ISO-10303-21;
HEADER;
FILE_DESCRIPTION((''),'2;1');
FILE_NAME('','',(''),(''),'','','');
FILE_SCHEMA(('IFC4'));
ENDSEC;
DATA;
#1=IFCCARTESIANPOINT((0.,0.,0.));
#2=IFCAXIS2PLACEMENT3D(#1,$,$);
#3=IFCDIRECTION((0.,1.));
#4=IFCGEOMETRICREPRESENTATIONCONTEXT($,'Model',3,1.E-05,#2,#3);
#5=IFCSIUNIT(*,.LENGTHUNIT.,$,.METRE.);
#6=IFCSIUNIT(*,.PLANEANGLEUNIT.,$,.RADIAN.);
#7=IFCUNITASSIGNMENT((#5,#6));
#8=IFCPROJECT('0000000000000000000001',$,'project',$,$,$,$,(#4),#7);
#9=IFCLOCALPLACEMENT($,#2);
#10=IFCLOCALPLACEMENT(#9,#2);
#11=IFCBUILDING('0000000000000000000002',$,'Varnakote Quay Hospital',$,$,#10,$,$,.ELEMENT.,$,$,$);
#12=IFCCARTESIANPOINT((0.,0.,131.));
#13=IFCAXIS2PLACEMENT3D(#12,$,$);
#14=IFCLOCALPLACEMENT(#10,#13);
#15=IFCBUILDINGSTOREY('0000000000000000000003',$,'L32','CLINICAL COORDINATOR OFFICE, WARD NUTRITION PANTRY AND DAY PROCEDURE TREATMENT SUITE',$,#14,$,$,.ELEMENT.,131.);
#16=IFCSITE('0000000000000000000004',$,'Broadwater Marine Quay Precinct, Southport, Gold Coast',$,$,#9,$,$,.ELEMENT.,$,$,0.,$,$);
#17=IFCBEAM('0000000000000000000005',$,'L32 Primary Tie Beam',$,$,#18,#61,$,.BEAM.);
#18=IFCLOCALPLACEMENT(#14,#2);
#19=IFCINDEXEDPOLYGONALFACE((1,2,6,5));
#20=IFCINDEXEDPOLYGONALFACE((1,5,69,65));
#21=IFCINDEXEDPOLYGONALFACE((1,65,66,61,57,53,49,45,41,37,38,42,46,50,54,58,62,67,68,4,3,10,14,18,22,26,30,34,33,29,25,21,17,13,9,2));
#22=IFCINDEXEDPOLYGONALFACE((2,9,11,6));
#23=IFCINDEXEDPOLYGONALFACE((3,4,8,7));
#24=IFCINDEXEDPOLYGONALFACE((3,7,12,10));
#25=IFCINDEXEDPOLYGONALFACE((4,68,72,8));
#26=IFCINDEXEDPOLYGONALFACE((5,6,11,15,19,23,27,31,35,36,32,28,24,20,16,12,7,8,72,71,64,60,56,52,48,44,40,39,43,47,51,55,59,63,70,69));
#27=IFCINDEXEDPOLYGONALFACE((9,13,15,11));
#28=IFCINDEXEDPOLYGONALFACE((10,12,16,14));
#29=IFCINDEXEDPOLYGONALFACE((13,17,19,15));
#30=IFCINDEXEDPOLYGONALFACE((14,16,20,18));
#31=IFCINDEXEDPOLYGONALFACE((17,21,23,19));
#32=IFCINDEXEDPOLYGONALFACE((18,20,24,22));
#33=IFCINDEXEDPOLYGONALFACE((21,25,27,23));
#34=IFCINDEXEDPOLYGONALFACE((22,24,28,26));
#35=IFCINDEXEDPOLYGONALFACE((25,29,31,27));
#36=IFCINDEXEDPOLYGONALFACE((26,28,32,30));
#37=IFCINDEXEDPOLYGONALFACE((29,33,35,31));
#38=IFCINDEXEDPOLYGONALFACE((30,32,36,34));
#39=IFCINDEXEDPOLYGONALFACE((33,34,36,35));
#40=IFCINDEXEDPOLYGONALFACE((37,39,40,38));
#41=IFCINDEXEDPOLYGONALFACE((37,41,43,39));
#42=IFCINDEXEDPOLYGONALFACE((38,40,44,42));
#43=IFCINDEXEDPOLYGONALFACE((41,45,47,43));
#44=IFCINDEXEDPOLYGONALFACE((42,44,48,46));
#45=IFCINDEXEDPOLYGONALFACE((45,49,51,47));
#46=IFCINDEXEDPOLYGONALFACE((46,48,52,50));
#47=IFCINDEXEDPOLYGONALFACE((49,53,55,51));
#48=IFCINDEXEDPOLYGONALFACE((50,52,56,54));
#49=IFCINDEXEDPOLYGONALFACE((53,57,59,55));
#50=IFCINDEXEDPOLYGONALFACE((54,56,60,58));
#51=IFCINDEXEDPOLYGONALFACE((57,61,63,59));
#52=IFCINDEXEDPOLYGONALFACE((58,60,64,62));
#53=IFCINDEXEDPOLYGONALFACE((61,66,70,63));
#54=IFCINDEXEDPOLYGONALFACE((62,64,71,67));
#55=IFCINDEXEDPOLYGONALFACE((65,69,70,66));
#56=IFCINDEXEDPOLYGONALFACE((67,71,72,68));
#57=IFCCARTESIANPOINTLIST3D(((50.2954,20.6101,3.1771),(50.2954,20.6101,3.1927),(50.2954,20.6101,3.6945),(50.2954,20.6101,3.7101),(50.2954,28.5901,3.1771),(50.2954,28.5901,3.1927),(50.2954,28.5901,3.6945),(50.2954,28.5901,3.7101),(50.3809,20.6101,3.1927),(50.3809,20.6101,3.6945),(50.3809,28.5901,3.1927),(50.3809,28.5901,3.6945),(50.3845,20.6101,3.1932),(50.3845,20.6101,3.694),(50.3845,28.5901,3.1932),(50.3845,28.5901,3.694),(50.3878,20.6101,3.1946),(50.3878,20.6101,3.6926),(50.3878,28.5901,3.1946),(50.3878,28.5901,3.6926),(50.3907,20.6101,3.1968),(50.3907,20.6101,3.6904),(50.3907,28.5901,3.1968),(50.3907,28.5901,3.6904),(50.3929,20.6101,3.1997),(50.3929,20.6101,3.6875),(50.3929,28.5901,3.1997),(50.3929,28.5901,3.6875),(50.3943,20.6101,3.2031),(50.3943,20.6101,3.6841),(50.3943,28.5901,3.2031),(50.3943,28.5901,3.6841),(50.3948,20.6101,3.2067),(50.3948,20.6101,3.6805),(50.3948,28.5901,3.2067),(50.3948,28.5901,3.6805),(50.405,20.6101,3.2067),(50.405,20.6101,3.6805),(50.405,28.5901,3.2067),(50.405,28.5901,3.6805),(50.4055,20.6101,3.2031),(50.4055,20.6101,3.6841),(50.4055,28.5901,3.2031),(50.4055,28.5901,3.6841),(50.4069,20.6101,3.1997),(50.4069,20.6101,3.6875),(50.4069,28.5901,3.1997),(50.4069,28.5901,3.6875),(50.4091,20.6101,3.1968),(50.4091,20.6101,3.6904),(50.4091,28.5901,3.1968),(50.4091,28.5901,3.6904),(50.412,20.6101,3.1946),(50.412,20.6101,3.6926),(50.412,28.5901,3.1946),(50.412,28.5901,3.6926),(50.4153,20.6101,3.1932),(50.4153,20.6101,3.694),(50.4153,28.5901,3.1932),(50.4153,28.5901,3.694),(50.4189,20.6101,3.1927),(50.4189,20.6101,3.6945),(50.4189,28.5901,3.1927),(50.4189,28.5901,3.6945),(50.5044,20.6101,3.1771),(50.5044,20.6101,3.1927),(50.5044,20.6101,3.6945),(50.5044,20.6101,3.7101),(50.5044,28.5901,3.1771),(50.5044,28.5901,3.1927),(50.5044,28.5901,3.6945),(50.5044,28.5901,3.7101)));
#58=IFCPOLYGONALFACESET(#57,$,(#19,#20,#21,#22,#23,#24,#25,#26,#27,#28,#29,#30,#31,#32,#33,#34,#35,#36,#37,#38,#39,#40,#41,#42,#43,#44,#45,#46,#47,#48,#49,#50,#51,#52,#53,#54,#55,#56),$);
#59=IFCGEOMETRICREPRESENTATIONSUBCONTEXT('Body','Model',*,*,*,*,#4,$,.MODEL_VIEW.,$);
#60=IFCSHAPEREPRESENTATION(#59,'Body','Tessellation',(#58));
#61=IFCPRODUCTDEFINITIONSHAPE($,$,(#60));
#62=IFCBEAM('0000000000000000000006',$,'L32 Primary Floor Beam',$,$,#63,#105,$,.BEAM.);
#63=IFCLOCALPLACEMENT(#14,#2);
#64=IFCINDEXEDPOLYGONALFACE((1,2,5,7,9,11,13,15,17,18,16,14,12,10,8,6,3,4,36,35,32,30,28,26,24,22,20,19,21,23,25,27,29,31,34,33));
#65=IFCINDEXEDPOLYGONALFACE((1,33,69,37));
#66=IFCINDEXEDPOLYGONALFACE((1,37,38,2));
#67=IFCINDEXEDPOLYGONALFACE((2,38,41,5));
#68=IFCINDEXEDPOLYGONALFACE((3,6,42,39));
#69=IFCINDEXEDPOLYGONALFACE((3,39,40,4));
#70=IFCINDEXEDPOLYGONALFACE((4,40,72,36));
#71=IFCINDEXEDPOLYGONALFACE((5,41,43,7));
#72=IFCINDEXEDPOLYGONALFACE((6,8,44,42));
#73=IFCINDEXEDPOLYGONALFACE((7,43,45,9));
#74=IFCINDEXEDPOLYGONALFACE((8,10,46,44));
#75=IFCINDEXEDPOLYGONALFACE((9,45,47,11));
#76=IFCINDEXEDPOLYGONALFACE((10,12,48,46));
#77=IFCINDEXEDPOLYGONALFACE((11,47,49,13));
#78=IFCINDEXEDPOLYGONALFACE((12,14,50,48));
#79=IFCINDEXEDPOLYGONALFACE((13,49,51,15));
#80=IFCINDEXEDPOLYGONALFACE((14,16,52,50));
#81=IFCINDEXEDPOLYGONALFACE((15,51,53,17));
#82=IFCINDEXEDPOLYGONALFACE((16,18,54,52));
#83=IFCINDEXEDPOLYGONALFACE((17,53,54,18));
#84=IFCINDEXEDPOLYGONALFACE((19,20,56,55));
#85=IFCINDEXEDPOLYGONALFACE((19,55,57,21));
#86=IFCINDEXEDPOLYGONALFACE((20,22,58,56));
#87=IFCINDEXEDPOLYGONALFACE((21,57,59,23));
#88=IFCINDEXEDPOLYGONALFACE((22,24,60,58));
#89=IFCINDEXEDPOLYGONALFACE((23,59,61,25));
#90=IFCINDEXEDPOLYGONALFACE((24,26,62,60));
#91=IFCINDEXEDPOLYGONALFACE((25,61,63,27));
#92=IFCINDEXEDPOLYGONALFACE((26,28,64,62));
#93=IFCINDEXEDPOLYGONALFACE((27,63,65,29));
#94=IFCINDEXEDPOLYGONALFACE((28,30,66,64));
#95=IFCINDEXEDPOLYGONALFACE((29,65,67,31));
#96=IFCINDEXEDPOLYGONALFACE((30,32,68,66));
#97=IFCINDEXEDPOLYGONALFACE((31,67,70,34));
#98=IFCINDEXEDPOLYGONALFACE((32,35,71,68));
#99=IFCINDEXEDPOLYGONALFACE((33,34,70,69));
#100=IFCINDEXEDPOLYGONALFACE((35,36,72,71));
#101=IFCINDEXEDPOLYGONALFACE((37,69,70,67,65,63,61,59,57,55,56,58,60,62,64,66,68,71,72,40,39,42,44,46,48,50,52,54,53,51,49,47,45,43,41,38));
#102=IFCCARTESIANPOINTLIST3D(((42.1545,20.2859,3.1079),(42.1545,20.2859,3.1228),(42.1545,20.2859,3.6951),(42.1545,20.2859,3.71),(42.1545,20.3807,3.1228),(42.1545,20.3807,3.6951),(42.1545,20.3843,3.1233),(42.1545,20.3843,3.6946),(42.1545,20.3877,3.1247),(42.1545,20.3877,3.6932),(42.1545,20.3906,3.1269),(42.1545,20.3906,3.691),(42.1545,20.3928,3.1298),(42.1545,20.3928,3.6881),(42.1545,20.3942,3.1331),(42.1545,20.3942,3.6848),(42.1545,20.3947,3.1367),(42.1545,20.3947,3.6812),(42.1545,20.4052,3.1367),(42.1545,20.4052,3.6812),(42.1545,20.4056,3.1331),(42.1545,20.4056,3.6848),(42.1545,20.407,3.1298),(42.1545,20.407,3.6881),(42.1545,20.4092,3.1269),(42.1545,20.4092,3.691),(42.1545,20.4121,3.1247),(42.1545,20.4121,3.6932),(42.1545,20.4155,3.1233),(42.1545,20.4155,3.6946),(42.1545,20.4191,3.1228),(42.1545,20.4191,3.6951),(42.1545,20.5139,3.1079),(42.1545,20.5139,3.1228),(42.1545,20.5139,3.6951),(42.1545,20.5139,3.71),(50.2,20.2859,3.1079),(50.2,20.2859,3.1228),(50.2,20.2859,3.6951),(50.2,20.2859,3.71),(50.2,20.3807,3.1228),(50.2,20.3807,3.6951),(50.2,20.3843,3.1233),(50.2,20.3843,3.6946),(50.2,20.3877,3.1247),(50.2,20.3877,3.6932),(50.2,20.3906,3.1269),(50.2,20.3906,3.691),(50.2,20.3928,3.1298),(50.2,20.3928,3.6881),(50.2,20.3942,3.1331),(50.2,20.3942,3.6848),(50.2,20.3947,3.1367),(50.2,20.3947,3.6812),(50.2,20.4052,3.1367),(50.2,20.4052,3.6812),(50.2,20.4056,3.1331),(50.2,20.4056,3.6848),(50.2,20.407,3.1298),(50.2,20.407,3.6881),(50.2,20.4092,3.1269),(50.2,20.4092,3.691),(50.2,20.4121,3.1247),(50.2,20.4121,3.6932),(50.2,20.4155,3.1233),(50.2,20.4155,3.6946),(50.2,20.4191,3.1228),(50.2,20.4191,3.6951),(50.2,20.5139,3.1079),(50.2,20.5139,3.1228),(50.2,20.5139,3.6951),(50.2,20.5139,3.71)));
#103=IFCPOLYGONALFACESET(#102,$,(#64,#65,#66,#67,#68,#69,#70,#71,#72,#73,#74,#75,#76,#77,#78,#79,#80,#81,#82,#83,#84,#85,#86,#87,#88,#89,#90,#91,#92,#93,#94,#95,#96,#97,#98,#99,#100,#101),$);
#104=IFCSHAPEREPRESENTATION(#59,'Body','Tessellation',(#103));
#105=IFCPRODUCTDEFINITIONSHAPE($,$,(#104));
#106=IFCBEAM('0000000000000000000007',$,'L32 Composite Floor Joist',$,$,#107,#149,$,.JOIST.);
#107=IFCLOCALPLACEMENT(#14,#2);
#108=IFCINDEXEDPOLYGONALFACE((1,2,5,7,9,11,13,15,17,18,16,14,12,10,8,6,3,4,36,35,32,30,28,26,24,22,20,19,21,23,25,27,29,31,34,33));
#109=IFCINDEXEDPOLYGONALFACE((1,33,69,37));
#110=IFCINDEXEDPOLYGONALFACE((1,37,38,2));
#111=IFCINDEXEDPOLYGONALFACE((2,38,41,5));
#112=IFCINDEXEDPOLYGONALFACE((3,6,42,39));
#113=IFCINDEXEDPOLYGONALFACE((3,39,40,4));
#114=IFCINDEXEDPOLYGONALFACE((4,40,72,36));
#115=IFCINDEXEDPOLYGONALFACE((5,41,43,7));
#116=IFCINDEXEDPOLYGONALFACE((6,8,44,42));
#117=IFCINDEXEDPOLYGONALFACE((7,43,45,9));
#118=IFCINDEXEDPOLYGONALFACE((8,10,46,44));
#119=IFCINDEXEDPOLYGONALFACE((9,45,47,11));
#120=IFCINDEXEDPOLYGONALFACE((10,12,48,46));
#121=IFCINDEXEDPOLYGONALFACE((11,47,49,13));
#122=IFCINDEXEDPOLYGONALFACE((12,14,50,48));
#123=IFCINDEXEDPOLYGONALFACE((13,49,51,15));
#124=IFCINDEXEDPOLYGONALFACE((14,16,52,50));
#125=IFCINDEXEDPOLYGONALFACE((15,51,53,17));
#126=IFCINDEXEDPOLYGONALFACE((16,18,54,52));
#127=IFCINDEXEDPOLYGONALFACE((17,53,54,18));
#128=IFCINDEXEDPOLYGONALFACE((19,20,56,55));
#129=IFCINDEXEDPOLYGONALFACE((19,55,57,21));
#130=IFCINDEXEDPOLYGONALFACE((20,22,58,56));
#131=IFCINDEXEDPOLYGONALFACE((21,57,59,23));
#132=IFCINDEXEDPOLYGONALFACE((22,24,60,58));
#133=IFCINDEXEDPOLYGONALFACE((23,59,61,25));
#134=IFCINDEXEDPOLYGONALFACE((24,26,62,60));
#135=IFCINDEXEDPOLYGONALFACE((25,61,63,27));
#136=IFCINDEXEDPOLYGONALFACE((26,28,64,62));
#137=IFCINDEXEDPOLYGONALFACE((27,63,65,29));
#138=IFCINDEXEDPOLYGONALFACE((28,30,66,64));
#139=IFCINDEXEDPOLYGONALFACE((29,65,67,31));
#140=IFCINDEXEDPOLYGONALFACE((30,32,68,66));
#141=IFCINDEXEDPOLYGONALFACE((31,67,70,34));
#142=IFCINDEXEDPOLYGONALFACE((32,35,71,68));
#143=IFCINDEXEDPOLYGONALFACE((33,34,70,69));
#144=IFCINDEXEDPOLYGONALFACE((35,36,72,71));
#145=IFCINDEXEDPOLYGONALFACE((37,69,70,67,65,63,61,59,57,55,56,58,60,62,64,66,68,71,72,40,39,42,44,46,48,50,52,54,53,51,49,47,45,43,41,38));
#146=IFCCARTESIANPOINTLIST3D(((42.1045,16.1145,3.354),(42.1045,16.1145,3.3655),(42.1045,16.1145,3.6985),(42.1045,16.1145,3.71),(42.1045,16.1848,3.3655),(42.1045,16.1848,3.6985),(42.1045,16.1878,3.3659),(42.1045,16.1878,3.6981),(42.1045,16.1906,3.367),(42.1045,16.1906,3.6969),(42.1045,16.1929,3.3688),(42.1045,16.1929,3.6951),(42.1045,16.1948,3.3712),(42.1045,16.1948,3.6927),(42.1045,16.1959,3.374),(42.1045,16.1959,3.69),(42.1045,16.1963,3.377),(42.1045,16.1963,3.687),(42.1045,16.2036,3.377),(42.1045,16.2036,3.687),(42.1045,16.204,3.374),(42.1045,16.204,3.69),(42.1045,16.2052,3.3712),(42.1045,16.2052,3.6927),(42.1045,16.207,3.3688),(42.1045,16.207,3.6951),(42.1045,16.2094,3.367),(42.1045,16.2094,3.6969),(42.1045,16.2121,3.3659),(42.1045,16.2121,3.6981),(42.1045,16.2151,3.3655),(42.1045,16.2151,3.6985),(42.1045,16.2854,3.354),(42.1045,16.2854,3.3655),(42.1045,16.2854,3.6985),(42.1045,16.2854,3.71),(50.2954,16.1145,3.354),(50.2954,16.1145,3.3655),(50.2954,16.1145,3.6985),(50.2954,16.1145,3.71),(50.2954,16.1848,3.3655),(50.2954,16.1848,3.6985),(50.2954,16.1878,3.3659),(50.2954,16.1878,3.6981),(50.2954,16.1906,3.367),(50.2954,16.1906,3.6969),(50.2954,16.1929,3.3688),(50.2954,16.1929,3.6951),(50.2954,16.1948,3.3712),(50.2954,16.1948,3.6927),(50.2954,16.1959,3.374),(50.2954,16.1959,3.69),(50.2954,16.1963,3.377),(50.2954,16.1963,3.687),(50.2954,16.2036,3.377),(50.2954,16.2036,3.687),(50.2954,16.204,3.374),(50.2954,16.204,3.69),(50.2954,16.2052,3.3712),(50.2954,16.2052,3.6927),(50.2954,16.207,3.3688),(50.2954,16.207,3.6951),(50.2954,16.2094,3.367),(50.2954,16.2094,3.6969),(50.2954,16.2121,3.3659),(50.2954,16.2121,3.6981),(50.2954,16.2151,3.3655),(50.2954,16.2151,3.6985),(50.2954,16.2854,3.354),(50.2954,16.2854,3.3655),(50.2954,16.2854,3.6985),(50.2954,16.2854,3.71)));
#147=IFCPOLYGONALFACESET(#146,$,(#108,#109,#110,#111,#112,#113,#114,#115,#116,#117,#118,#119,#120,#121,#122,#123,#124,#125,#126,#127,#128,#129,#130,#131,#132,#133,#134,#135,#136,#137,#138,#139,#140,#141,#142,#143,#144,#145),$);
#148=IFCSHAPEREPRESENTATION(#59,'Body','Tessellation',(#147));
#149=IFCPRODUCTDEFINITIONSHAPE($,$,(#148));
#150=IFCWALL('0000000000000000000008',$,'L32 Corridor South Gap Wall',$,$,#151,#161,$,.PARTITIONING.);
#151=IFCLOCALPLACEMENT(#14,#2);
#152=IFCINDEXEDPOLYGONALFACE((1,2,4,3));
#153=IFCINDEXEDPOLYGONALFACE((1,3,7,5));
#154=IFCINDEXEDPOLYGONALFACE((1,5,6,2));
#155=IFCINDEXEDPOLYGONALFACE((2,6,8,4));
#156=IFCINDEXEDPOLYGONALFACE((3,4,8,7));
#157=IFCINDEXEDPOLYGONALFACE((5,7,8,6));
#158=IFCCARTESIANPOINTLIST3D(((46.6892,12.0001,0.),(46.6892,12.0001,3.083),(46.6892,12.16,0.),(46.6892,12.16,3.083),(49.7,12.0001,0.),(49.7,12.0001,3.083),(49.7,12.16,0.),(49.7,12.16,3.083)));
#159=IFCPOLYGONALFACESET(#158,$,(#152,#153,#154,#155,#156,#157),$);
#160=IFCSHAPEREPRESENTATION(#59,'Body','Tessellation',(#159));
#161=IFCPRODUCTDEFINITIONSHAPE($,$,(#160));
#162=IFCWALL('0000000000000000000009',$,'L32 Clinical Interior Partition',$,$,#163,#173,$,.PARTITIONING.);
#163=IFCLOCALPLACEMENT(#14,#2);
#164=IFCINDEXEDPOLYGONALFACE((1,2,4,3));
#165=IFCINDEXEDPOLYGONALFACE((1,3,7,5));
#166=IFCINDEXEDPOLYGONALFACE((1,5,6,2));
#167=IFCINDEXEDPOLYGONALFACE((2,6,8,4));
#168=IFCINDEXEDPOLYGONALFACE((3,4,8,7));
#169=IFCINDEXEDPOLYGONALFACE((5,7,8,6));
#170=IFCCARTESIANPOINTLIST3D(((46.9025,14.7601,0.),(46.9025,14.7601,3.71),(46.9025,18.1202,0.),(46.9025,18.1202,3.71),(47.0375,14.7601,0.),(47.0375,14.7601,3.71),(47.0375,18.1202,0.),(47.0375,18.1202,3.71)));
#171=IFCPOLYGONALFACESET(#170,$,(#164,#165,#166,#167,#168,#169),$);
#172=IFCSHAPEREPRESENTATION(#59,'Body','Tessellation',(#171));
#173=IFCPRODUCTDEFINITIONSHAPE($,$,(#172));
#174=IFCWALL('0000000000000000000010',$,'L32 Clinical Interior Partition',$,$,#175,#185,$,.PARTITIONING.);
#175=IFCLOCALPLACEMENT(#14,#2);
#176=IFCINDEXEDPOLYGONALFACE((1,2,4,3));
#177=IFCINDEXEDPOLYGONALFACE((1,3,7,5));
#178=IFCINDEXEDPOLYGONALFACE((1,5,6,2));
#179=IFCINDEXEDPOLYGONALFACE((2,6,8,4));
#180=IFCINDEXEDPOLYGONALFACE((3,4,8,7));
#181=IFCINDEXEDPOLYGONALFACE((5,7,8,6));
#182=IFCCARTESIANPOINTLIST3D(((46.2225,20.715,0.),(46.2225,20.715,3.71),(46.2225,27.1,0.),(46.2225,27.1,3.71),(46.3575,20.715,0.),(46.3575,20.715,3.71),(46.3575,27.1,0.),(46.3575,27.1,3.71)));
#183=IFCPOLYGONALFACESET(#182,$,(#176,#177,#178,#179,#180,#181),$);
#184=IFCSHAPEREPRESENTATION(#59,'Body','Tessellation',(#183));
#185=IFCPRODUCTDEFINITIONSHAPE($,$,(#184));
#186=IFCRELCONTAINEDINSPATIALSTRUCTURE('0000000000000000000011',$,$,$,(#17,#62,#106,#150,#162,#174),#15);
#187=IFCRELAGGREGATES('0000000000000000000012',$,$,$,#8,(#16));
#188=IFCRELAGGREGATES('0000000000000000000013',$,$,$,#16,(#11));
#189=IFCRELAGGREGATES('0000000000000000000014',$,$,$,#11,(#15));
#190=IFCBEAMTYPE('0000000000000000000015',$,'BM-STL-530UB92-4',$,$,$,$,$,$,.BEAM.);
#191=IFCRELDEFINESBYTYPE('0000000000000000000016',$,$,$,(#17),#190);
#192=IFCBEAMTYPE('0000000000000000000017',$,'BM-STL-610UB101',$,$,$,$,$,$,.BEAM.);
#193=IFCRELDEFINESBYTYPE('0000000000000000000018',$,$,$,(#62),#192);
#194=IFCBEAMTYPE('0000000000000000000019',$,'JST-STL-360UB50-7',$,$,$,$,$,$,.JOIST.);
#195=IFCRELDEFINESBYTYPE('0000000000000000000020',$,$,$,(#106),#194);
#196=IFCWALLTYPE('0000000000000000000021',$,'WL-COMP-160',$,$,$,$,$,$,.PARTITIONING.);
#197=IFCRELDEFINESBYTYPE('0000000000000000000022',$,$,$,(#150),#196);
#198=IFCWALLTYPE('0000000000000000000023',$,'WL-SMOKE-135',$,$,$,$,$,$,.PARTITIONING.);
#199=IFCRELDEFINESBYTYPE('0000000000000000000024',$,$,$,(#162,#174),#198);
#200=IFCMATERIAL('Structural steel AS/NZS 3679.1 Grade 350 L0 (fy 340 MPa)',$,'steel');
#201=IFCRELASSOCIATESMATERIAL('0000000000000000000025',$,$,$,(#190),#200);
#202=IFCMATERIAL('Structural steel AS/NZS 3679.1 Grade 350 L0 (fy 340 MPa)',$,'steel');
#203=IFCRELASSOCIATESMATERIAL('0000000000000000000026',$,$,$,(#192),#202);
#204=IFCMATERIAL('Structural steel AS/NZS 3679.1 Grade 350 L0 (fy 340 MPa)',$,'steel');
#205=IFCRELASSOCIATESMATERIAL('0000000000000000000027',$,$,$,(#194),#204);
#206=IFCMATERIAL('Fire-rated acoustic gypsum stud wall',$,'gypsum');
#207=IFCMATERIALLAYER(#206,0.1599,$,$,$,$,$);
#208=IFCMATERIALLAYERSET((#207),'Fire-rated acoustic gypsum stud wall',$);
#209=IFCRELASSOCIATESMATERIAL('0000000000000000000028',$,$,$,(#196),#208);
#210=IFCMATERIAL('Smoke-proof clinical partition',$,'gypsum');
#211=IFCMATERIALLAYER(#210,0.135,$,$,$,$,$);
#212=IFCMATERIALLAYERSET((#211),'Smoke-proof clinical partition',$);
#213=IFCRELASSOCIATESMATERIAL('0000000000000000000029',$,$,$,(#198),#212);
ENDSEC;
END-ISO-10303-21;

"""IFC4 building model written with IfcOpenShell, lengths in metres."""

from ifc_helpers import new_model, si_unit, direction, frame, frame_2d, origin, origin_2d, place, context, subcontext, project, spatial, rectangle, i_section, extrude, material, layer, layer_set, material_profile, profile_set, type_object, element, save


model = new_model("IFC4")

# Units and contexts
model_context = context("Model", 3, precision=1e-05, world=origin(), true_north=direction((0.0, 1.0)))
body_context = subcontext(model_context, "Body", "Model", "MODEL_VIEW")
ifc_project = project(units=[si_unit("LENGTHUNIT", "METRE"), si_unit("PLANEANGLEUNIT", "RADIAN")], contexts=[model_context])

# Site, building, storey
site_placement = place(None, origin())
site = spatial("IfcSite", under=ifc_project, at=site_placement, Name="Broadwater Marine Quay Precinct, Southport, Gold Coast", CompositionType="ELEMENT", RefElevation=0.0)
building_placement = place(site_placement, origin())
building = spatial("IfcBuilding", under=site, at=building_placement, Name="Varnakote Quay Hospital", CompositionType="ELEMENT")
storey_placement = place(building_placement, frame((0.0, 0.0, 131.0)))
storey = spatial("IfcBuildingStorey", under=building, at=storey_placement, Name="L32", Description="CLINICAL COORDINATOR OFFICE, WARD NUTRITION PANTRY AND DAY PROCEDURE TREATMENT SUITE", CompositionType="ELEMENT", Elevation=131.0)

# Beams
ifc_material_1 = material(Name="Structural steel AS/NZS 3679.1 Grade 350 L0 (fy 340 MPa)", Category="steel")
ifc_material_profile_1 = material_profile(ifc_material_1, i_section(OverallWidth=0.209, OverallDepth=0.533, WebThickness=0.0103, FlangeThickness=0.0156, FilletRadius=0.0139, at=origin_2d()), Name="530UB92.4")
ifc_profile_set_1 = profile_set([ifc_material_profile_1], Name="Structural steel AS/NZS 3679.1 Grade 350 L0 (fy 340 MPa)")
beam_type_1 = type_object("IfcBeamType", Name="BM-STL-530UB92-4", PredefinedType="BEAM", material=ifc_profile_set_1)
beam_1_placement = place(storey_placement, frame((50.3999, 20.6101, 3.4436), z_axis=(0.0, 1.0, 0.0), x_axis=(-1.0, 0.0, 0.0)))
element("IfcBeam", 1, at=beam_1_placement, inside=storey, type_object=beam_type_1, Name="L32 Primary Tie Beam", PredefinedType="BEAM", context=body_context, shape_type="SweptSolid", body=[
    extrude(i_section(OverallWidth=0.209, OverallDepth=0.533, WebThickness=0.0103, FlangeThickness=0.0156, FilletRadius=0.0139, at=origin_2d()), origin(), (0.0, 0.0, 1.0), 7.98),
])
ifc_material_2 = material(Name="Structural steel AS/NZS 3679.1 Grade 350 L0 (fy 340 MPa)", Category="steel")
ifc_material_profile_2 = material_profile(ifc_material_2, i_section(OverallWidth=0.228, OverallDepth=0.6021, WebThickness=0.0105, FlangeThickness=0.0149, FilletRadius=0.0139, at=origin_2d()), Name="610UB101")
ifc_profile_set_2 = profile_set([ifc_material_profile_2], Name="Structural steel AS/NZS 3679.1 Grade 350 L0 (fy 340 MPa)")
beam_type_2 = type_object("IfcBeamType", Name="BM-STL-610UB101", PredefinedType="BEAM", material=ifc_profile_set_2)
beam_2_placement = place(storey_placement, frame((42.1545, 20.3999, 3.4089), z_axis=(1.0, 0.0, 0.0), x_axis=(0.0, 1.0, 0.0)))
element("IfcBeam", 2, at=beam_2_placement, inside=storey, type_object=beam_type_2, Name="L32 Primary Floor Beam", PredefinedType="BEAM", context=body_context, shape_type="SweptSolid", body=[
    extrude(i_section(OverallWidth=0.228, OverallDepth=0.6021, WebThickness=0.0105, FlangeThickness=0.0149, FilletRadius=0.0139, at=origin_2d()), origin(), (0.0, 0.0, 1.0), 8.0454),
])
ifc_material_3 = material(Name="Structural steel AS/NZS 3679.1 Grade 350 L0 (fy 340 MPa)", Category="steel")
ifc_material_profile_3 = material_profile(ifc_material_3, i_section(OverallWidth=0.1709, OverallDepth=0.356, WebThickness=0.0073, FlangeThickness=0.0115, FilletRadius=0.0115, at=origin_2d()), Name="360UB50.7")
ifc_profile_set_3 = profile_set([ifc_material_profile_3], Name="Structural steel AS/NZS 3679.1 Grade 350 L0 (fy 340 MPa)")
beam_type_3 = type_object("IfcBeamType", Name="JST-STL-360UB50-7", PredefinedType="JOIST", material=ifc_profile_set_3)
beam_3_placement = place(storey_placement, frame((42.1045, 16.2, 3.532), z_axis=(1.0, 0.0, 0.0), x_axis=(0.0, 1.0, 0.0)))
element("IfcBeam", 3, at=beam_3_placement, inside=storey, type_object=beam_type_3, Name="L32 Composite Floor Joist", PredefinedType="JOIST", context=body_context, shape_type="SweptSolid", body=[
    extrude(i_section(OverallWidth=0.1709, OverallDepth=0.356, WebThickness=0.0073, FlangeThickness=0.0115, FilletRadius=0.0115, at=origin_2d()), origin(), (0.0, 0.0, 1.0), 8.1909),
])

# Wall
ifc_material_4 = material(Name="Fire-rated acoustic gypsum stud wall", Category="gypsum")
ifc_layer_1 = layer(ifc_material_4, 0.1599)
ifc_layer_set_1 = layer_set([ifc_layer_1], Name="Fire-rated acoustic gypsum stud wall")
wall_type_1 = type_object("IfcWallType", Name="WL-COMP-160", PredefinedType="PARTITIONING", material=ifc_layer_set_1)
wall_1_placement = place(storey_placement, frame((46.6892, 12.0801, 0.0), z_axis=(0.0, 0.0, 1.0), x_axis=(1.0, 0.0, 0.0)))
element("IfcWall", 4, at=wall_1_placement, inside=storey, type_object=wall_type_1, Name="L32 Corridor South Gap Wall", PredefinedType="PARTITIONING", context=body_context, shape_type="SweptSolid", body=[
    extrude(rectangle(XDim=3.0107, YDim=0.1599, at=frame_2d((1.5054, 0.0))), origin(), (0.0, 0.0, 1.0), 3.083),
])

# Walls
ifc_material_5 = material(Name="Smoke-proof clinical partition", Category="gypsum")
ifc_layer_2 = layer(ifc_material_5, 0.135)
ifc_layer_set_2 = layer_set([ifc_layer_2], Name="Smoke-proof clinical partition")
wall_type_2 = type_object("IfcWallType", Name="WL-SMOKE-135", PredefinedType="PARTITIONING", material=ifc_layer_set_2)
wall_2_placement = place(storey_placement, frame((46.97, 14.76, 0.0), z_axis=(0.0, 0.0, 1.0), x_axis=(0.0, 1.0, 0.0)))
element("IfcWall", 5, at=wall_2_placement, inside=storey, type_object=wall_type_2, Name="L32 Clinical Interior Partition", PredefinedType="PARTITIONING", context=body_context, shape_type="SweptSolid", body=[
    extrude(rectangle(XDim=3.3601, YDim=0.135, at=frame_2d((1.6802, 0.0))), origin(), (0.0, 0.0, 1.0), 3.71),
])
wall_3_placement = place(storey_placement, frame((46.29, 20.7151, 0.0), z_axis=(0.0, 0.0, 1.0), x_axis=(0.0, 1.0, 0.0)))
element("IfcWall", 6, at=wall_3_placement, inside=storey, type_object=wall_type_2, Name="L32 Clinical Interior Partition", PredefinedType="PARTITIONING", context=body_context, shape_type="SweptSolid", body=[
    extrude(rectangle(XDim=6.385, YDim=0.135, at=frame_2d((3.1924, 0.0))), origin(), (0.0, 0.0, 1.0), 3.71),
])

save(model, "model.ifc")
